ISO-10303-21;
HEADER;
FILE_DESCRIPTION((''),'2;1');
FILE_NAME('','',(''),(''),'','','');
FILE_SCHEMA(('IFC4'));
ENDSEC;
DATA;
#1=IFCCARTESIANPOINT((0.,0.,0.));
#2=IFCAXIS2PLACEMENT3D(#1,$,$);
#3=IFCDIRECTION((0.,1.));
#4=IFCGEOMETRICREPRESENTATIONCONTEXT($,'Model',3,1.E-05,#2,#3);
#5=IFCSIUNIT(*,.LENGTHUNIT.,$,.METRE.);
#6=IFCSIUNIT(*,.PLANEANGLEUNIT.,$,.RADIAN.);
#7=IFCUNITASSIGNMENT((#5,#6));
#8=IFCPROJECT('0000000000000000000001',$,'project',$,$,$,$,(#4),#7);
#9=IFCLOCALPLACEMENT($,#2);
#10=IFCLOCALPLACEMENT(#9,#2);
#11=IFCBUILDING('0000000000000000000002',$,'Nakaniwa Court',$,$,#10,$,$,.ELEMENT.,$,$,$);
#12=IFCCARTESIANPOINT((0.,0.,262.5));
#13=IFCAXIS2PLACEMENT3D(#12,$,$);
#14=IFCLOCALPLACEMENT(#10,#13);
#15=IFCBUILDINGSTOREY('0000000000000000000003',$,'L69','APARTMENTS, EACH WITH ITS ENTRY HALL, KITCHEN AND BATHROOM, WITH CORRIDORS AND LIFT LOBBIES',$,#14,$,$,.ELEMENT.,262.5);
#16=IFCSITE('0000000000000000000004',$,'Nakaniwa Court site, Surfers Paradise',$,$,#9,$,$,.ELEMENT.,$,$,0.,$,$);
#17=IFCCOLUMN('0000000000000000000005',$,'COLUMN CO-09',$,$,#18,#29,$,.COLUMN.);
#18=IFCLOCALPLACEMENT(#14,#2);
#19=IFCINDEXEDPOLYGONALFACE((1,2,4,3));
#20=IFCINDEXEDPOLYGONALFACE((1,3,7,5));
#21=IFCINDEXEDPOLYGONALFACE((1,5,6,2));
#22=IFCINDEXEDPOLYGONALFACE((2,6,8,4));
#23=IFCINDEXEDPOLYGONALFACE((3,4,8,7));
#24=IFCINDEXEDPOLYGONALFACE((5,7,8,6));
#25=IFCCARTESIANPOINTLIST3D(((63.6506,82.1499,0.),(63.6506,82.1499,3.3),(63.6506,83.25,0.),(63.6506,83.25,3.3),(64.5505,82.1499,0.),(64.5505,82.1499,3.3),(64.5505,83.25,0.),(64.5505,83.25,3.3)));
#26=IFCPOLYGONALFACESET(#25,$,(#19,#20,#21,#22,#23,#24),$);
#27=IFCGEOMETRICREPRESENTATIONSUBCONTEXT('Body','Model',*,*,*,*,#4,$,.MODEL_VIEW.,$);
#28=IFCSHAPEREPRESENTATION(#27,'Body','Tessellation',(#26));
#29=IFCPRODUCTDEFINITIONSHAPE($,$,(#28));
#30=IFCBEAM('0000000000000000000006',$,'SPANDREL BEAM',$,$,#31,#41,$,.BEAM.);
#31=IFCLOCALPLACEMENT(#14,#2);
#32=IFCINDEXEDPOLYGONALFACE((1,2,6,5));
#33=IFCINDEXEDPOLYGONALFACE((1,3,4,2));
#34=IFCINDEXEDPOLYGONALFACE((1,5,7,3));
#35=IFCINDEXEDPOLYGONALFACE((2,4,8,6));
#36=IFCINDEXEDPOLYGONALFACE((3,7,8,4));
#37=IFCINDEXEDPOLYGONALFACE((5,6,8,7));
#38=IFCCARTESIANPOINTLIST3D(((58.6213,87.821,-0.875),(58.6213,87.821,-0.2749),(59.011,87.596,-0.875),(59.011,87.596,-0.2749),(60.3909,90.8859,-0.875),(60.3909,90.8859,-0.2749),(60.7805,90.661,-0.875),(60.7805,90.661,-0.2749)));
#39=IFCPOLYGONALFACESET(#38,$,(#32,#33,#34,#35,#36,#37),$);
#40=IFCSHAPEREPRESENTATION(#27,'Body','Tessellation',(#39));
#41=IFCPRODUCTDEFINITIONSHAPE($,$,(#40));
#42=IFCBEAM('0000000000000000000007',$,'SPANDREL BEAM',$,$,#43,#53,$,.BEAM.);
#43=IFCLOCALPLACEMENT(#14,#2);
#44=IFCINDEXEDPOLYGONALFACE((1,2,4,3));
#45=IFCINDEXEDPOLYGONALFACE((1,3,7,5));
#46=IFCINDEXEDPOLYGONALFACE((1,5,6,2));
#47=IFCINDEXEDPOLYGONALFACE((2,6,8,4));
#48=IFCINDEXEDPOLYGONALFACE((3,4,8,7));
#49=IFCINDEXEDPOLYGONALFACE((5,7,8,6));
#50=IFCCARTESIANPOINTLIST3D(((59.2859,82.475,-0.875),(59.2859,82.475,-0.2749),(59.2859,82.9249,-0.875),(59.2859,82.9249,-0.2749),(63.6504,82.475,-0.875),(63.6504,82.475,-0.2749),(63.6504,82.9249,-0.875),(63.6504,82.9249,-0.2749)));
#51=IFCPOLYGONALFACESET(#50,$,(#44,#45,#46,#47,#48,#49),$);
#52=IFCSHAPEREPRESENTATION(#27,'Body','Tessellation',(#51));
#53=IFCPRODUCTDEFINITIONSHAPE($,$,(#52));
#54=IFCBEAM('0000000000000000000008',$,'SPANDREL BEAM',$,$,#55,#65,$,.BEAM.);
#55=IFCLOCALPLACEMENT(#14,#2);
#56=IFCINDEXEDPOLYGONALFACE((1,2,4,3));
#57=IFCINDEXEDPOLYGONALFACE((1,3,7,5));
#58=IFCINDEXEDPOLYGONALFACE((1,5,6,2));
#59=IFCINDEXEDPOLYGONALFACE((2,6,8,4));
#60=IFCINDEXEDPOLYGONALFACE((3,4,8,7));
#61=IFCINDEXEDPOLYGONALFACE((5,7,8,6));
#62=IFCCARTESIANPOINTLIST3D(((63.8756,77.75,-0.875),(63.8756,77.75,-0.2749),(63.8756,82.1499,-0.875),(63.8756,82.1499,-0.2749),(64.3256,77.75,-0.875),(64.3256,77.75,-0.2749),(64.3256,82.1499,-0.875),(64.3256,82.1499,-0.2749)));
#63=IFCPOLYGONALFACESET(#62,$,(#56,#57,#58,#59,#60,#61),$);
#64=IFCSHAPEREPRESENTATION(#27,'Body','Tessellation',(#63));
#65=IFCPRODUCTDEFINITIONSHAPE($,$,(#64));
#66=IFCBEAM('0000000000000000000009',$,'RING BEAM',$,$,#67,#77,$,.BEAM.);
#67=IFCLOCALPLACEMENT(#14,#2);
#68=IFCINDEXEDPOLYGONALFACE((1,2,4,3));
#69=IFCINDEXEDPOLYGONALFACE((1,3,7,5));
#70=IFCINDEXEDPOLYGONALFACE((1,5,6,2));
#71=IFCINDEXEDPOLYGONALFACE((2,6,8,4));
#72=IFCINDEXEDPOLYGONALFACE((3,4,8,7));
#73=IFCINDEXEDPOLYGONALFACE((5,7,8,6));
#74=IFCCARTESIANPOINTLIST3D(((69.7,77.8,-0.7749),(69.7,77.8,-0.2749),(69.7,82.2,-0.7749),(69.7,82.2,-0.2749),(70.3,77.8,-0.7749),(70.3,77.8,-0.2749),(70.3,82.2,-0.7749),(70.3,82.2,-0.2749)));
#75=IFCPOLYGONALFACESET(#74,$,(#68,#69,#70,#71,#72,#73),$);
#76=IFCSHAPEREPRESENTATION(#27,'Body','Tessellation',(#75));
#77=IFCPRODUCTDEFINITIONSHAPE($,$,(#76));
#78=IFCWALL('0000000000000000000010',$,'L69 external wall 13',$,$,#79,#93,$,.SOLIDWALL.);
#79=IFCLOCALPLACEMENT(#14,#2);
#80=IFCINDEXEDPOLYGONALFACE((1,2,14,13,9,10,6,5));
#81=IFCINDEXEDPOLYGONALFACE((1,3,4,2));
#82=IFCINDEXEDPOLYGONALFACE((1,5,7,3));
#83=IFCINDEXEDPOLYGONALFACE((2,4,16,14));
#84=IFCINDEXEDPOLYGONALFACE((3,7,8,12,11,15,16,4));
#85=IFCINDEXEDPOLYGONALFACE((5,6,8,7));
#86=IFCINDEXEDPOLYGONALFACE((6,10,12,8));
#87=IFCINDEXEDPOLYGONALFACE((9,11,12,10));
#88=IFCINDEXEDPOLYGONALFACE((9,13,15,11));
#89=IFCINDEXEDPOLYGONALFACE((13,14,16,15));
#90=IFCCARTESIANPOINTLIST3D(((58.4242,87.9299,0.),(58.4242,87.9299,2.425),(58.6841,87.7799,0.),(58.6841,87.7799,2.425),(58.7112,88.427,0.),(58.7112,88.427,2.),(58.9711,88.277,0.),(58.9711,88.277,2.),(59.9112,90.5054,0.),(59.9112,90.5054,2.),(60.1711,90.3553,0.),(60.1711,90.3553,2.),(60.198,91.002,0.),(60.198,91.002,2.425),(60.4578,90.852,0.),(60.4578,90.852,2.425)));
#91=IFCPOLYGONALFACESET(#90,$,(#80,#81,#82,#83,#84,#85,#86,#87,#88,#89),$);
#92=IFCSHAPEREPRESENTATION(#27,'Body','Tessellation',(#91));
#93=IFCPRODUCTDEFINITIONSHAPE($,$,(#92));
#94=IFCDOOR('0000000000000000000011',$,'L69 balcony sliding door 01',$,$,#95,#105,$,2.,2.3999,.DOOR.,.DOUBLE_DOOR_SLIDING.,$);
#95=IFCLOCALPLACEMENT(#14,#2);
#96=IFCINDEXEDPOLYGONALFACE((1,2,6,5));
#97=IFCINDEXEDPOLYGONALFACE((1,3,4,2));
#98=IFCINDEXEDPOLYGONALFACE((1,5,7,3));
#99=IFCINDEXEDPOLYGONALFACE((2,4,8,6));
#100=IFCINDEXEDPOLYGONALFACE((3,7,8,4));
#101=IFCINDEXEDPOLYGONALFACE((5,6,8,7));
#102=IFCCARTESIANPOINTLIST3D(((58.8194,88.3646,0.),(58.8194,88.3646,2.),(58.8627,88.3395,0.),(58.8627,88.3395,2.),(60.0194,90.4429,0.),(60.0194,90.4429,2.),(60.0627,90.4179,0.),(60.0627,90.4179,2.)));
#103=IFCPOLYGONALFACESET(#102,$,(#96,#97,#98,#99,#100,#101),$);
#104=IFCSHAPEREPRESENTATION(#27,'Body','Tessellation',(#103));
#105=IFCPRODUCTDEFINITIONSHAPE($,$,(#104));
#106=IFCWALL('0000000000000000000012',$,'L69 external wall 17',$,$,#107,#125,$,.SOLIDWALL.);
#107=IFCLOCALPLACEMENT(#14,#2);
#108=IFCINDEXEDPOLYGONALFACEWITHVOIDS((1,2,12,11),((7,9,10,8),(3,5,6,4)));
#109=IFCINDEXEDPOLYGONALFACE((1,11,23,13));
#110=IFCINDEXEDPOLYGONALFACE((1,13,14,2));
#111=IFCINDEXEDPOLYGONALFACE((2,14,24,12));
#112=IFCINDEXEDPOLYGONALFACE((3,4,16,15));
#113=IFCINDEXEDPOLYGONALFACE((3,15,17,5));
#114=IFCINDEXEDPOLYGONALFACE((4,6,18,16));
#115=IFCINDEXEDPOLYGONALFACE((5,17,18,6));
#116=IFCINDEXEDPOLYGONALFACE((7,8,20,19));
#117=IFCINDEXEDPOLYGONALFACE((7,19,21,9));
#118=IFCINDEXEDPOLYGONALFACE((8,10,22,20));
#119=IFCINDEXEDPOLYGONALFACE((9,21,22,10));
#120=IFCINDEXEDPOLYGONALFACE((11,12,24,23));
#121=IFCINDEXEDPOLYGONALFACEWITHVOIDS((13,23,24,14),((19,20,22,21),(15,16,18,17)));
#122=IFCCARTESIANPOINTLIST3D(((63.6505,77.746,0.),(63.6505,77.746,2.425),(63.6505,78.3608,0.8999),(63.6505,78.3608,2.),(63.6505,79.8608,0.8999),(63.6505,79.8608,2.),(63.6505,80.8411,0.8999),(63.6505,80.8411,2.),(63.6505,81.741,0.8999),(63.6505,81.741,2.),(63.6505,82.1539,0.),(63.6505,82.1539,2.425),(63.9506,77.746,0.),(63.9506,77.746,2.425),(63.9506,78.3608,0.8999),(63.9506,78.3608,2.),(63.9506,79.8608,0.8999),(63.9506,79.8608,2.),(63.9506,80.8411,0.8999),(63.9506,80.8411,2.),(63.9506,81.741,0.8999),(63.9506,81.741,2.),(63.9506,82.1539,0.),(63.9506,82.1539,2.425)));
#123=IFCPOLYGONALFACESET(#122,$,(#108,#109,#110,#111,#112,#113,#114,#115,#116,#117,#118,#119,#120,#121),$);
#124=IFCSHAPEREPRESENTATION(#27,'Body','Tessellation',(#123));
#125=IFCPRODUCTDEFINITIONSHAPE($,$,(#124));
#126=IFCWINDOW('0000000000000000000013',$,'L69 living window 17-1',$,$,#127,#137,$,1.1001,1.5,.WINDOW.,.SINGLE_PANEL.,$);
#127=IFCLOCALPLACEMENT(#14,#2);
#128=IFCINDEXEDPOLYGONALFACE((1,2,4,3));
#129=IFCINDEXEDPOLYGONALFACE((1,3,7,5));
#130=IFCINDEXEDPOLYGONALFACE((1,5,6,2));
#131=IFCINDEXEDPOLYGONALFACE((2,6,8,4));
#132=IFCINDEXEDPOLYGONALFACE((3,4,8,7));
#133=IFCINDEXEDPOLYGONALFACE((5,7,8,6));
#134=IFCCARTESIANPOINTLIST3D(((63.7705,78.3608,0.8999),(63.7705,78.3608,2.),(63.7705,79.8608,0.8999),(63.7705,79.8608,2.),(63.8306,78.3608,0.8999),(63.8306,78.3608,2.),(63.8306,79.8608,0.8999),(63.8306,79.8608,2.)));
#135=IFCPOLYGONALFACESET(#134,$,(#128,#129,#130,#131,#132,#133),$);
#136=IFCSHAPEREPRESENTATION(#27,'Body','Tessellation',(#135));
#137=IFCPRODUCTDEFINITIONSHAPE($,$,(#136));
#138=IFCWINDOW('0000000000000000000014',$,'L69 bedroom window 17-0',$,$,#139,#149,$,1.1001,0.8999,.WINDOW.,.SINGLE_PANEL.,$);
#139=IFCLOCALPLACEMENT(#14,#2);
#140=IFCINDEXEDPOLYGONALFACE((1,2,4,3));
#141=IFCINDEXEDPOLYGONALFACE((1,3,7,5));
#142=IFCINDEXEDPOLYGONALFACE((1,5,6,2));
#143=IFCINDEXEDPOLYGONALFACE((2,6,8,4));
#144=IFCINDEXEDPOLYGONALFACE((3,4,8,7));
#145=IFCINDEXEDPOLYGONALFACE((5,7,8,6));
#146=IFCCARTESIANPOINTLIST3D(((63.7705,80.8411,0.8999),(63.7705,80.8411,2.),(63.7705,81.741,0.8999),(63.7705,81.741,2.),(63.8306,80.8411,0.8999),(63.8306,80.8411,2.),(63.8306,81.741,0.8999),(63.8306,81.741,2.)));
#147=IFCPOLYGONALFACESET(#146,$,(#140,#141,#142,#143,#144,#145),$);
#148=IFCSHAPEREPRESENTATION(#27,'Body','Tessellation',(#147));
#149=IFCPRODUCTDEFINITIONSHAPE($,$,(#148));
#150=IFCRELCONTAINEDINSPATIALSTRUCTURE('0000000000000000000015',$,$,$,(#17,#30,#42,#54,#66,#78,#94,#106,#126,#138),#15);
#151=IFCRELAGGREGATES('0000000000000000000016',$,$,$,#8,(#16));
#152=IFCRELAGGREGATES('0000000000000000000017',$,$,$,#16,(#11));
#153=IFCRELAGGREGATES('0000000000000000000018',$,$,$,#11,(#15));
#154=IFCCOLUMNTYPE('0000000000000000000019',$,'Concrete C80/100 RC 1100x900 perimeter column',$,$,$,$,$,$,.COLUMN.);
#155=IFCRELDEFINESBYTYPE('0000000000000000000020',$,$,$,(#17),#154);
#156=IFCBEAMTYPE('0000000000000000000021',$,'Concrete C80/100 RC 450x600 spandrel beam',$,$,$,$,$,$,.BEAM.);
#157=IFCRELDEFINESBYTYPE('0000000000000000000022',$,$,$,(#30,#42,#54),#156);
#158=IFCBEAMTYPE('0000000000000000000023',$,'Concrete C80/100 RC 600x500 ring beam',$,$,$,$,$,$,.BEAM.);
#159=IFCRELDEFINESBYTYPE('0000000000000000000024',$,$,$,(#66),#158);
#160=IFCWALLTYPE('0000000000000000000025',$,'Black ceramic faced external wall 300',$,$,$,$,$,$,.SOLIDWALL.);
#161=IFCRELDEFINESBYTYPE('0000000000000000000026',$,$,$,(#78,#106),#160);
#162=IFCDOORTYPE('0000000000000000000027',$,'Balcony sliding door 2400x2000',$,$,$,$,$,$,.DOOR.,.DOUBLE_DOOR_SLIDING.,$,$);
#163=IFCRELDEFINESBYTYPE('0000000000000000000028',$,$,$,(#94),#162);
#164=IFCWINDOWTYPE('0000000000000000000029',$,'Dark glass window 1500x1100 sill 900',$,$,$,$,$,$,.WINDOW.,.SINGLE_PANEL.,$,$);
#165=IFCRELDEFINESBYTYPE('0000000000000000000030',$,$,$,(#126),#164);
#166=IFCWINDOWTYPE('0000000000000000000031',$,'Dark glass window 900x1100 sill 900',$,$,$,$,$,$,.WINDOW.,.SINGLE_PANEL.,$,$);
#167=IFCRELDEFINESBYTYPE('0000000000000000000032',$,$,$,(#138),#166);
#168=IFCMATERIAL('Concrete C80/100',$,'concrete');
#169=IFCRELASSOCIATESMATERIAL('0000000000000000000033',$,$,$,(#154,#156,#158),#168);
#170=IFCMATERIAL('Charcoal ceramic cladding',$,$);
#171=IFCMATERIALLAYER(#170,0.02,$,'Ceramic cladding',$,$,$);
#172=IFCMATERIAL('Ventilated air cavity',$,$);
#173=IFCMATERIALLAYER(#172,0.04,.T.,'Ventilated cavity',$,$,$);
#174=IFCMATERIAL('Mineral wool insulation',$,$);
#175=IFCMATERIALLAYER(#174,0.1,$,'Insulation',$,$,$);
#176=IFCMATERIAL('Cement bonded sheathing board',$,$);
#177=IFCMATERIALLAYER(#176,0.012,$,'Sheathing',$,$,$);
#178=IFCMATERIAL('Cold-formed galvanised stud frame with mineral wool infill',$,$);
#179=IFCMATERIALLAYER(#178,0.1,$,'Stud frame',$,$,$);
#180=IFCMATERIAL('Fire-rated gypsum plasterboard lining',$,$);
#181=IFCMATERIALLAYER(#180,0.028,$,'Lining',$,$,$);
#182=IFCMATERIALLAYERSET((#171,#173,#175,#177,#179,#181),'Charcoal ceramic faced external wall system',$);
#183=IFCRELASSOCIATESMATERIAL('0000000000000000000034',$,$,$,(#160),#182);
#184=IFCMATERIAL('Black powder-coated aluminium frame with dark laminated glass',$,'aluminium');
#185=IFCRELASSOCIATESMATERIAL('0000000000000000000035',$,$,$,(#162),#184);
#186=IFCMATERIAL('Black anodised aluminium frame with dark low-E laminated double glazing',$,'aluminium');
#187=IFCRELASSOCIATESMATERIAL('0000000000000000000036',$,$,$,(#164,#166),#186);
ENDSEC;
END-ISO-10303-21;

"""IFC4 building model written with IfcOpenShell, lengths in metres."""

from ifc_helpers import new_model, si_unit, direction, frame, frame_2d, origin, origin_2d, place, context, subcontext, project, spatial, rectangle, extrude, material, layer, layer_set, material_profile, profile_set, type_object, element, fill, save


model = new_model("IFC4")

# Units and contexts
model_context = context("Model", 3, precision=1e-05, world=origin(), true_north=direction((0.0, 1.0)))
body_context = subcontext(model_context, "Body", "Model", "MODEL_VIEW")
ifc_project = project(units=[si_unit("LENGTHUNIT", "METRE"), si_unit("PLANEANGLEUNIT", "RADIAN")], contexts=[model_context])

# Site, building, storey
site_placement = place(None, origin())
site = spatial("IfcSite", under=ifc_project, at=site_placement, Name="Nakaniwa Court site, Surfers Paradise", CompositionType="ELEMENT", RefElevation=0.0)
building_placement = place(site_placement, origin())
building = spatial("IfcBuilding", under=site, at=building_placement, Name="Nakaniwa Court", CompositionType="ELEMENT")
storey_placement = place(building_placement, frame((0.0, 0.0, 262.5)))
storey = spatial("IfcBuildingStorey", under=building, at=storey_placement, Name="L69", Description="APARTMENTS, EACH WITH ITS ENTRY HALL, KITCHEN AND BATHROOM, WITH CORRIDORS AND LIFT LOBBIES", CompositionType="ELEMENT", Elevation=262.5)

# Column
ifc_material_1 = material(Name="Concrete C80/100", Category="concrete")
ifc_material_profile_1 = material_profile(ifc_material_1, rectangle(XDim=1.1001, YDim=0.8999, at=origin_2d()), Name="Concrete C80/100 RC 1100x900 perimeter column")
ifc_profile_set_1 = profile_set([ifc_material_profile_1], Name="Concrete C80/100")
column_type = type_object("IfcColumnType", Name="Concrete C80/100 RC 1100x900 perimeter column", PredefinedType="COLUMN", material=ifc_profile_set_1)
column_placement = place(storey_placement, frame((64.1006, 82.7, 0.0), z_axis=(0.0, 0.0, 1.0), x_axis=(0.0, -1.0, 0.0)))
element("IfcColumn", 1, at=column_placement, inside=storey, type_object=column_type, Name="COLUMN CO-09", PredefinedType="COLUMN", context=body_context, shape_type="SweptSolid", body=[
    extrude(rectangle(XDim=1.1001, YDim=0.8999, at=origin_2d()), origin(), (0.0, 0.0, 1.0), 3.3),
])

# Beams
ifc_material_profile_2 = material_profile(ifc_material_1, rectangle(XDim=0.45, YDim=0.6001, at=origin_2d()), Name="Concrete C80/100 RC 450x600 spandrel beam")
ifc_profile_set_2 = profile_set([ifc_material_profile_2], Name="Concrete C80/100")
beam_type_1 = type_object("IfcBeamType", Name="Concrete C80/100 RC 450x600 spandrel beam", PredefinedType="BEAM", material=ifc_profile_set_2)
beam_1_placement = place(storey_placement, frame((60.5857, 90.7734, -0.575), z_axis=(-0.499997, -0.866027, 0.0), x_axis=(0.866027, -0.499997, 0.0)))
element("IfcBeam", 2, at=beam_1_placement, inside=storey, type_object=beam_type_1, Name="SPANDREL BEAM", PredefinedType="BEAM", context=body_context, shape_type="SweptSolid", body=[
    extrude(rectangle(XDim=0.45, YDim=0.6001, at=origin_2d()), origin(), (0.0, 0.0, 1.0), 3.5391),
])
beam_2_placement = place(storey_placement, frame((59.2859, 82.7, -0.575), z_axis=(1.0, 0.0, 0.0), x_axis=(0.0, 1.0, 0.0)))
element("IfcBeam", 3, at=beam_2_placement, inside=storey, type_object=beam_type_1, Name="SPANDREL BEAM", PredefinedType="BEAM", context=body_context, shape_type="SweptSolid", body=[
    extrude(rectangle(XDim=0.45, YDim=0.6001, at=origin_2d()), origin(), (0.0, 0.0, 1.0), 4.3645),
])
beam_3_placement = place(storey_placement, frame((64.1006, 82.1499, -0.575), z_axis=(0.0, -1.0, 0.0), x_axis=(1.0, 0.0, 0.0)))
element("IfcBeam", 4, at=beam_3_placement, inside=storey, type_object=beam_type_1, Name="SPANDREL BEAM", PredefinedType="BEAM", context=body_context, shape_type="SweptSolid", body=[
    extrude(rectangle(XDim=0.45, YDim=0.6001, at=origin_2d()), origin(), (0.0, 0.0, 1.0), 4.3999),
])
ifc_material_profile_3 = material_profile(ifc_material_1, rectangle(XDim=0.6001, YDim=0.5, at=origin_2d()), Name="Concrete C80/100 RC 600x500 ring beam")
ifc_profile_set_3 = profile_set([ifc_material_profile_3], Name="Concrete C80/100")
beam_type_2 = type_object("IfcBeamType", Name="Concrete C80/100 RC 600x500 ring beam", PredefinedType="BEAM", material=ifc_profile_set_3)
beam_4_placement = place(storey_placement, frame((70.0, 82.2, -0.5249), z_axis=(0.0, -1.0, 0.0), x_axis=(1.0, 0.0, 0.0)))
element("IfcBeam", 5, at=beam_4_placement, inside=storey, type_object=beam_type_2, Name="RING BEAM", PredefinedType="BEAM", context=body_context, shape_type="SweptSolid", body=[
    extrude(rectangle(XDim=0.6001, YDim=0.5, at=origin_2d()), origin(), (0.0, 0.0, 1.0), 4.3999),
])

# Wall, opening, door
ifc_material_2 = material(Name="Charcoal ceramic cladding")
ifc_layer_1 = layer(ifc_material_2, 0.02, Name="Ceramic cladding")
ifc_material_3 = material(Name="Ventilated air cavity")
ifc_layer_2 = layer(ifc_material_3, 0.04, ventilated=True, Name="Ventilated cavity")
ifc_material_4 = material(Name="Mineral wool insulation")
ifc_layer_3 = layer(ifc_material_4, 0.1, Name="Insulation")
ifc_material_5 = material(Name="Cement bonded sheathing board")
ifc_layer_4 = layer(ifc_material_5, 0.012, Name="Sheathing")
ifc_material_6 = material(Name="Cold-formed galvanised stud frame with mineral wool infill")
ifc_layer_5 = layer(ifc_material_6, 0.1, Name="Stud frame")
ifc_material_7 = material(Name="Fire-rated gypsum plasterboard lining")
ifc_layer_6 = layer(ifc_material_7, 0.028, Name="Lining")
ifc_layer_set_1 = layer_set([ifc_layer_1, ifc_layer_2, ifc_layer_3, ifc_layer_4, ifc_layer_5, ifc_layer_6], Name="Charcoal ceramic faced external wall system")
wall_type_1 = type_object("IfcWallType", Name="Black ceramic faced external wall 300", PredefinedType="SOLIDWALL", material=ifc_layer_set_1)
wall_1_placement = place(storey_placement, frame((60.3279, 90.927, 0.0), z_axis=(0.0, 0.0, 1.0), x_axis=(-0.50001, -0.866019, 0.0)))
wall_1 = element("IfcWall", 6, at=wall_1_placement, inside=storey, type_object=wall_type_1, Name="L69 external wall 13", PredefinedType="SOLIDWALL", context=body_context, shape_type="SweptSolid", body=[
    extrude(rectangle(XDim=3.5474, YDim=0.3, at=frame_2d((1.7737, 0.0))), origin(), (0.0, 0.0, 1.0), 2.425),
])
opening_1_placement = place(wall_1_placement, frame((0.5735, 0.0, 0.0)))
opening_1 = element("IfcOpeningElement", 7, at=opening_1_placement, cuts=wall_1, PredefinedType="OPENING", context=body_context, shape_type="SweptSolid", body=[
    extrude(rectangle(XDim=2.3999, YDim=2.0, at=frame_2d((1.2, 1.0))), frame((0.0, 0.1599, 0.0), z_axis=(0.0, -1.0, 0.0), x_axis=(1.0, 0.0, 0.0)), (0.0, 0.0, 1.0), 0.3201),
])
ifc_material_8 = material(Name="Black powder-coated aluminium frame with dark laminated glass", Category="aluminium")
door_type_1 = type_object("IfcDoorType", Name="Balcony sliding door 2400x2000", OperationType="DOUBLE_DOOR_SLIDING", PredefinedType="DOOR", material=ifc_material_8)
door_1_placement = place(opening_1_placement, origin())
door_1 = element("IfcDoor", 8, at=door_1_placement, inside=storey, type_object=door_type_1, Name="L69 balcony sliding door 01", OperationType="DOUBLE_DOOR_SLIDING", OverallHeight=2.0, OverallWidth=2.3999, PredefinedType="DOOR", context=body_context, shape_type="SweptSolid", body=[
    extrude(rectangle(XDim=2.3999, YDim=2.0, at=frame_2d((1.2, 1.0))), frame((0.0, 0.0249, 0.0), z_axis=(0.0, -1.0, 0.0), x_axis=(1.0, 0.0, 0.0)), (0.0, 0.0, 1.0), 0.05),
])
fill(opening_1, door_1)

# Wall, openings, windows
wall_2_placement = place(storey_placement, frame((63.8005, 82.1541, 0.0), z_axis=(0.0, 0.0, 1.0), x_axis=(0.0, -1.0, 0.0)))
wall_2 = element("IfcWall", 9, at=wall_2_placement, inside=storey, type_object=wall_type_1, Name="L69 external wall 17", PredefinedType="SOLIDWALL", context=body_context, shape_type="SweptSolid", body=[
    extrude(rectangle(XDim=4.408, YDim=0.3, at=frame_2d((2.2041, 0.0))), origin(), (0.0, 0.0, 1.0), 2.425),
])
opening_2_placement = place(wall_2_placement, frame((0.4131, 0.0, 0.8999)))
opening_2 = element("IfcOpeningElement", 10, at=opening_2_placement, cuts=wall_2, PredefinedType="OPENING", context=body_context, shape_type="SweptSolid", body=[
    extrude(rectangle(XDim=0.8999, YDim=1.1001, at=frame_2d((0.45, 0.55))), frame((0.0, 0.1599, 0.0), z_axis=(0.0, -1.0, 0.0), x_axis=(1.0, 0.0, 0.0)), (0.0, 0.0, 1.0), 0.3201),
])
opening_3_placement = place(wall_2_placement, frame((2.2932, 0.0, 0.8999)))
opening_3 = element("IfcOpeningElement", 11, at=opening_3_placement, cuts=wall_2, PredefinedType="OPENING", context=body_context, shape_type="SweptSolid", body=[
    extrude(rectangle(XDim=1.5, YDim=1.1001, at=frame_2d((0.75, 0.55))), frame((0.0, 0.1599, 0.0), z_axis=(0.0, -1.0, 0.0), x_axis=(1.0, 0.0, 0.0)), (0.0, 0.0, 1.0), 0.3201),
])
ifc_material_9 = material(Name="Black anodised aluminium frame with dark low-E laminated double glazing", Category="aluminium")
window_type_1 = type_object("IfcWindowType", Name="Dark glass window 1500x1100 sill 900", PartitioningType="SINGLE_PANEL", PredefinedType="WINDOW", material=ifc_material_9)
window_1_placement = place(opening_3_placement, origin())
window_1 = element("IfcWindow", 12, at=window_1_placement, inside=storey, type_object=window_type_1, Name="L69 living window 17-1", OverallHeight=1.1001, OverallWidth=1.5, PartitioningType="SINGLE_PANEL", PredefinedType="WINDOW", context=body_context, shape_type="SweptSolid", body=[
    extrude(rectangle(XDim=1.5, YDim=1.1001, at=frame_2d((0.75, 0.55))), frame((0.0, 0.03, 0.0), z_axis=(0.0, -1.0, 0.0), x_axis=(1.0, 0.0, 0.0)), (0.0, 0.0, 1.0), 0.0601),
])
fill(opening_3, window_1)
window_type_2 = type_object("IfcWindowType", Name="Dark glass window 900x1100 sill 900", PartitioningType="SINGLE_PANEL", PredefinedType="WINDOW", material=ifc_material_9)
window_2_placement = place(opening_2_placement, origin())
window_2 = element("IfcWindow", 13, at=window_2_placement, inside=storey, type_object=window_type_2, Name="L69 bedroom window 17-0", OverallHeight=1.1001, OverallWidth=0.8999, PartitioningType="SINGLE_PANEL", PredefinedType="WINDOW", context=body_context, shape_type="SweptSolid", body=[
    extrude(rectangle(XDim=0.8999, YDim=1.1001, at=frame_2d((0.45, 0.55))), frame((0.0, 0.03, 0.0), z_axis=(0.0, -1.0, 0.0), x_axis=(1.0, 0.0, 0.0)), (0.0, 0.0, 1.0), 0.0601),
])
fill(opening_2, window_2)

save(model, "model.ifc")
